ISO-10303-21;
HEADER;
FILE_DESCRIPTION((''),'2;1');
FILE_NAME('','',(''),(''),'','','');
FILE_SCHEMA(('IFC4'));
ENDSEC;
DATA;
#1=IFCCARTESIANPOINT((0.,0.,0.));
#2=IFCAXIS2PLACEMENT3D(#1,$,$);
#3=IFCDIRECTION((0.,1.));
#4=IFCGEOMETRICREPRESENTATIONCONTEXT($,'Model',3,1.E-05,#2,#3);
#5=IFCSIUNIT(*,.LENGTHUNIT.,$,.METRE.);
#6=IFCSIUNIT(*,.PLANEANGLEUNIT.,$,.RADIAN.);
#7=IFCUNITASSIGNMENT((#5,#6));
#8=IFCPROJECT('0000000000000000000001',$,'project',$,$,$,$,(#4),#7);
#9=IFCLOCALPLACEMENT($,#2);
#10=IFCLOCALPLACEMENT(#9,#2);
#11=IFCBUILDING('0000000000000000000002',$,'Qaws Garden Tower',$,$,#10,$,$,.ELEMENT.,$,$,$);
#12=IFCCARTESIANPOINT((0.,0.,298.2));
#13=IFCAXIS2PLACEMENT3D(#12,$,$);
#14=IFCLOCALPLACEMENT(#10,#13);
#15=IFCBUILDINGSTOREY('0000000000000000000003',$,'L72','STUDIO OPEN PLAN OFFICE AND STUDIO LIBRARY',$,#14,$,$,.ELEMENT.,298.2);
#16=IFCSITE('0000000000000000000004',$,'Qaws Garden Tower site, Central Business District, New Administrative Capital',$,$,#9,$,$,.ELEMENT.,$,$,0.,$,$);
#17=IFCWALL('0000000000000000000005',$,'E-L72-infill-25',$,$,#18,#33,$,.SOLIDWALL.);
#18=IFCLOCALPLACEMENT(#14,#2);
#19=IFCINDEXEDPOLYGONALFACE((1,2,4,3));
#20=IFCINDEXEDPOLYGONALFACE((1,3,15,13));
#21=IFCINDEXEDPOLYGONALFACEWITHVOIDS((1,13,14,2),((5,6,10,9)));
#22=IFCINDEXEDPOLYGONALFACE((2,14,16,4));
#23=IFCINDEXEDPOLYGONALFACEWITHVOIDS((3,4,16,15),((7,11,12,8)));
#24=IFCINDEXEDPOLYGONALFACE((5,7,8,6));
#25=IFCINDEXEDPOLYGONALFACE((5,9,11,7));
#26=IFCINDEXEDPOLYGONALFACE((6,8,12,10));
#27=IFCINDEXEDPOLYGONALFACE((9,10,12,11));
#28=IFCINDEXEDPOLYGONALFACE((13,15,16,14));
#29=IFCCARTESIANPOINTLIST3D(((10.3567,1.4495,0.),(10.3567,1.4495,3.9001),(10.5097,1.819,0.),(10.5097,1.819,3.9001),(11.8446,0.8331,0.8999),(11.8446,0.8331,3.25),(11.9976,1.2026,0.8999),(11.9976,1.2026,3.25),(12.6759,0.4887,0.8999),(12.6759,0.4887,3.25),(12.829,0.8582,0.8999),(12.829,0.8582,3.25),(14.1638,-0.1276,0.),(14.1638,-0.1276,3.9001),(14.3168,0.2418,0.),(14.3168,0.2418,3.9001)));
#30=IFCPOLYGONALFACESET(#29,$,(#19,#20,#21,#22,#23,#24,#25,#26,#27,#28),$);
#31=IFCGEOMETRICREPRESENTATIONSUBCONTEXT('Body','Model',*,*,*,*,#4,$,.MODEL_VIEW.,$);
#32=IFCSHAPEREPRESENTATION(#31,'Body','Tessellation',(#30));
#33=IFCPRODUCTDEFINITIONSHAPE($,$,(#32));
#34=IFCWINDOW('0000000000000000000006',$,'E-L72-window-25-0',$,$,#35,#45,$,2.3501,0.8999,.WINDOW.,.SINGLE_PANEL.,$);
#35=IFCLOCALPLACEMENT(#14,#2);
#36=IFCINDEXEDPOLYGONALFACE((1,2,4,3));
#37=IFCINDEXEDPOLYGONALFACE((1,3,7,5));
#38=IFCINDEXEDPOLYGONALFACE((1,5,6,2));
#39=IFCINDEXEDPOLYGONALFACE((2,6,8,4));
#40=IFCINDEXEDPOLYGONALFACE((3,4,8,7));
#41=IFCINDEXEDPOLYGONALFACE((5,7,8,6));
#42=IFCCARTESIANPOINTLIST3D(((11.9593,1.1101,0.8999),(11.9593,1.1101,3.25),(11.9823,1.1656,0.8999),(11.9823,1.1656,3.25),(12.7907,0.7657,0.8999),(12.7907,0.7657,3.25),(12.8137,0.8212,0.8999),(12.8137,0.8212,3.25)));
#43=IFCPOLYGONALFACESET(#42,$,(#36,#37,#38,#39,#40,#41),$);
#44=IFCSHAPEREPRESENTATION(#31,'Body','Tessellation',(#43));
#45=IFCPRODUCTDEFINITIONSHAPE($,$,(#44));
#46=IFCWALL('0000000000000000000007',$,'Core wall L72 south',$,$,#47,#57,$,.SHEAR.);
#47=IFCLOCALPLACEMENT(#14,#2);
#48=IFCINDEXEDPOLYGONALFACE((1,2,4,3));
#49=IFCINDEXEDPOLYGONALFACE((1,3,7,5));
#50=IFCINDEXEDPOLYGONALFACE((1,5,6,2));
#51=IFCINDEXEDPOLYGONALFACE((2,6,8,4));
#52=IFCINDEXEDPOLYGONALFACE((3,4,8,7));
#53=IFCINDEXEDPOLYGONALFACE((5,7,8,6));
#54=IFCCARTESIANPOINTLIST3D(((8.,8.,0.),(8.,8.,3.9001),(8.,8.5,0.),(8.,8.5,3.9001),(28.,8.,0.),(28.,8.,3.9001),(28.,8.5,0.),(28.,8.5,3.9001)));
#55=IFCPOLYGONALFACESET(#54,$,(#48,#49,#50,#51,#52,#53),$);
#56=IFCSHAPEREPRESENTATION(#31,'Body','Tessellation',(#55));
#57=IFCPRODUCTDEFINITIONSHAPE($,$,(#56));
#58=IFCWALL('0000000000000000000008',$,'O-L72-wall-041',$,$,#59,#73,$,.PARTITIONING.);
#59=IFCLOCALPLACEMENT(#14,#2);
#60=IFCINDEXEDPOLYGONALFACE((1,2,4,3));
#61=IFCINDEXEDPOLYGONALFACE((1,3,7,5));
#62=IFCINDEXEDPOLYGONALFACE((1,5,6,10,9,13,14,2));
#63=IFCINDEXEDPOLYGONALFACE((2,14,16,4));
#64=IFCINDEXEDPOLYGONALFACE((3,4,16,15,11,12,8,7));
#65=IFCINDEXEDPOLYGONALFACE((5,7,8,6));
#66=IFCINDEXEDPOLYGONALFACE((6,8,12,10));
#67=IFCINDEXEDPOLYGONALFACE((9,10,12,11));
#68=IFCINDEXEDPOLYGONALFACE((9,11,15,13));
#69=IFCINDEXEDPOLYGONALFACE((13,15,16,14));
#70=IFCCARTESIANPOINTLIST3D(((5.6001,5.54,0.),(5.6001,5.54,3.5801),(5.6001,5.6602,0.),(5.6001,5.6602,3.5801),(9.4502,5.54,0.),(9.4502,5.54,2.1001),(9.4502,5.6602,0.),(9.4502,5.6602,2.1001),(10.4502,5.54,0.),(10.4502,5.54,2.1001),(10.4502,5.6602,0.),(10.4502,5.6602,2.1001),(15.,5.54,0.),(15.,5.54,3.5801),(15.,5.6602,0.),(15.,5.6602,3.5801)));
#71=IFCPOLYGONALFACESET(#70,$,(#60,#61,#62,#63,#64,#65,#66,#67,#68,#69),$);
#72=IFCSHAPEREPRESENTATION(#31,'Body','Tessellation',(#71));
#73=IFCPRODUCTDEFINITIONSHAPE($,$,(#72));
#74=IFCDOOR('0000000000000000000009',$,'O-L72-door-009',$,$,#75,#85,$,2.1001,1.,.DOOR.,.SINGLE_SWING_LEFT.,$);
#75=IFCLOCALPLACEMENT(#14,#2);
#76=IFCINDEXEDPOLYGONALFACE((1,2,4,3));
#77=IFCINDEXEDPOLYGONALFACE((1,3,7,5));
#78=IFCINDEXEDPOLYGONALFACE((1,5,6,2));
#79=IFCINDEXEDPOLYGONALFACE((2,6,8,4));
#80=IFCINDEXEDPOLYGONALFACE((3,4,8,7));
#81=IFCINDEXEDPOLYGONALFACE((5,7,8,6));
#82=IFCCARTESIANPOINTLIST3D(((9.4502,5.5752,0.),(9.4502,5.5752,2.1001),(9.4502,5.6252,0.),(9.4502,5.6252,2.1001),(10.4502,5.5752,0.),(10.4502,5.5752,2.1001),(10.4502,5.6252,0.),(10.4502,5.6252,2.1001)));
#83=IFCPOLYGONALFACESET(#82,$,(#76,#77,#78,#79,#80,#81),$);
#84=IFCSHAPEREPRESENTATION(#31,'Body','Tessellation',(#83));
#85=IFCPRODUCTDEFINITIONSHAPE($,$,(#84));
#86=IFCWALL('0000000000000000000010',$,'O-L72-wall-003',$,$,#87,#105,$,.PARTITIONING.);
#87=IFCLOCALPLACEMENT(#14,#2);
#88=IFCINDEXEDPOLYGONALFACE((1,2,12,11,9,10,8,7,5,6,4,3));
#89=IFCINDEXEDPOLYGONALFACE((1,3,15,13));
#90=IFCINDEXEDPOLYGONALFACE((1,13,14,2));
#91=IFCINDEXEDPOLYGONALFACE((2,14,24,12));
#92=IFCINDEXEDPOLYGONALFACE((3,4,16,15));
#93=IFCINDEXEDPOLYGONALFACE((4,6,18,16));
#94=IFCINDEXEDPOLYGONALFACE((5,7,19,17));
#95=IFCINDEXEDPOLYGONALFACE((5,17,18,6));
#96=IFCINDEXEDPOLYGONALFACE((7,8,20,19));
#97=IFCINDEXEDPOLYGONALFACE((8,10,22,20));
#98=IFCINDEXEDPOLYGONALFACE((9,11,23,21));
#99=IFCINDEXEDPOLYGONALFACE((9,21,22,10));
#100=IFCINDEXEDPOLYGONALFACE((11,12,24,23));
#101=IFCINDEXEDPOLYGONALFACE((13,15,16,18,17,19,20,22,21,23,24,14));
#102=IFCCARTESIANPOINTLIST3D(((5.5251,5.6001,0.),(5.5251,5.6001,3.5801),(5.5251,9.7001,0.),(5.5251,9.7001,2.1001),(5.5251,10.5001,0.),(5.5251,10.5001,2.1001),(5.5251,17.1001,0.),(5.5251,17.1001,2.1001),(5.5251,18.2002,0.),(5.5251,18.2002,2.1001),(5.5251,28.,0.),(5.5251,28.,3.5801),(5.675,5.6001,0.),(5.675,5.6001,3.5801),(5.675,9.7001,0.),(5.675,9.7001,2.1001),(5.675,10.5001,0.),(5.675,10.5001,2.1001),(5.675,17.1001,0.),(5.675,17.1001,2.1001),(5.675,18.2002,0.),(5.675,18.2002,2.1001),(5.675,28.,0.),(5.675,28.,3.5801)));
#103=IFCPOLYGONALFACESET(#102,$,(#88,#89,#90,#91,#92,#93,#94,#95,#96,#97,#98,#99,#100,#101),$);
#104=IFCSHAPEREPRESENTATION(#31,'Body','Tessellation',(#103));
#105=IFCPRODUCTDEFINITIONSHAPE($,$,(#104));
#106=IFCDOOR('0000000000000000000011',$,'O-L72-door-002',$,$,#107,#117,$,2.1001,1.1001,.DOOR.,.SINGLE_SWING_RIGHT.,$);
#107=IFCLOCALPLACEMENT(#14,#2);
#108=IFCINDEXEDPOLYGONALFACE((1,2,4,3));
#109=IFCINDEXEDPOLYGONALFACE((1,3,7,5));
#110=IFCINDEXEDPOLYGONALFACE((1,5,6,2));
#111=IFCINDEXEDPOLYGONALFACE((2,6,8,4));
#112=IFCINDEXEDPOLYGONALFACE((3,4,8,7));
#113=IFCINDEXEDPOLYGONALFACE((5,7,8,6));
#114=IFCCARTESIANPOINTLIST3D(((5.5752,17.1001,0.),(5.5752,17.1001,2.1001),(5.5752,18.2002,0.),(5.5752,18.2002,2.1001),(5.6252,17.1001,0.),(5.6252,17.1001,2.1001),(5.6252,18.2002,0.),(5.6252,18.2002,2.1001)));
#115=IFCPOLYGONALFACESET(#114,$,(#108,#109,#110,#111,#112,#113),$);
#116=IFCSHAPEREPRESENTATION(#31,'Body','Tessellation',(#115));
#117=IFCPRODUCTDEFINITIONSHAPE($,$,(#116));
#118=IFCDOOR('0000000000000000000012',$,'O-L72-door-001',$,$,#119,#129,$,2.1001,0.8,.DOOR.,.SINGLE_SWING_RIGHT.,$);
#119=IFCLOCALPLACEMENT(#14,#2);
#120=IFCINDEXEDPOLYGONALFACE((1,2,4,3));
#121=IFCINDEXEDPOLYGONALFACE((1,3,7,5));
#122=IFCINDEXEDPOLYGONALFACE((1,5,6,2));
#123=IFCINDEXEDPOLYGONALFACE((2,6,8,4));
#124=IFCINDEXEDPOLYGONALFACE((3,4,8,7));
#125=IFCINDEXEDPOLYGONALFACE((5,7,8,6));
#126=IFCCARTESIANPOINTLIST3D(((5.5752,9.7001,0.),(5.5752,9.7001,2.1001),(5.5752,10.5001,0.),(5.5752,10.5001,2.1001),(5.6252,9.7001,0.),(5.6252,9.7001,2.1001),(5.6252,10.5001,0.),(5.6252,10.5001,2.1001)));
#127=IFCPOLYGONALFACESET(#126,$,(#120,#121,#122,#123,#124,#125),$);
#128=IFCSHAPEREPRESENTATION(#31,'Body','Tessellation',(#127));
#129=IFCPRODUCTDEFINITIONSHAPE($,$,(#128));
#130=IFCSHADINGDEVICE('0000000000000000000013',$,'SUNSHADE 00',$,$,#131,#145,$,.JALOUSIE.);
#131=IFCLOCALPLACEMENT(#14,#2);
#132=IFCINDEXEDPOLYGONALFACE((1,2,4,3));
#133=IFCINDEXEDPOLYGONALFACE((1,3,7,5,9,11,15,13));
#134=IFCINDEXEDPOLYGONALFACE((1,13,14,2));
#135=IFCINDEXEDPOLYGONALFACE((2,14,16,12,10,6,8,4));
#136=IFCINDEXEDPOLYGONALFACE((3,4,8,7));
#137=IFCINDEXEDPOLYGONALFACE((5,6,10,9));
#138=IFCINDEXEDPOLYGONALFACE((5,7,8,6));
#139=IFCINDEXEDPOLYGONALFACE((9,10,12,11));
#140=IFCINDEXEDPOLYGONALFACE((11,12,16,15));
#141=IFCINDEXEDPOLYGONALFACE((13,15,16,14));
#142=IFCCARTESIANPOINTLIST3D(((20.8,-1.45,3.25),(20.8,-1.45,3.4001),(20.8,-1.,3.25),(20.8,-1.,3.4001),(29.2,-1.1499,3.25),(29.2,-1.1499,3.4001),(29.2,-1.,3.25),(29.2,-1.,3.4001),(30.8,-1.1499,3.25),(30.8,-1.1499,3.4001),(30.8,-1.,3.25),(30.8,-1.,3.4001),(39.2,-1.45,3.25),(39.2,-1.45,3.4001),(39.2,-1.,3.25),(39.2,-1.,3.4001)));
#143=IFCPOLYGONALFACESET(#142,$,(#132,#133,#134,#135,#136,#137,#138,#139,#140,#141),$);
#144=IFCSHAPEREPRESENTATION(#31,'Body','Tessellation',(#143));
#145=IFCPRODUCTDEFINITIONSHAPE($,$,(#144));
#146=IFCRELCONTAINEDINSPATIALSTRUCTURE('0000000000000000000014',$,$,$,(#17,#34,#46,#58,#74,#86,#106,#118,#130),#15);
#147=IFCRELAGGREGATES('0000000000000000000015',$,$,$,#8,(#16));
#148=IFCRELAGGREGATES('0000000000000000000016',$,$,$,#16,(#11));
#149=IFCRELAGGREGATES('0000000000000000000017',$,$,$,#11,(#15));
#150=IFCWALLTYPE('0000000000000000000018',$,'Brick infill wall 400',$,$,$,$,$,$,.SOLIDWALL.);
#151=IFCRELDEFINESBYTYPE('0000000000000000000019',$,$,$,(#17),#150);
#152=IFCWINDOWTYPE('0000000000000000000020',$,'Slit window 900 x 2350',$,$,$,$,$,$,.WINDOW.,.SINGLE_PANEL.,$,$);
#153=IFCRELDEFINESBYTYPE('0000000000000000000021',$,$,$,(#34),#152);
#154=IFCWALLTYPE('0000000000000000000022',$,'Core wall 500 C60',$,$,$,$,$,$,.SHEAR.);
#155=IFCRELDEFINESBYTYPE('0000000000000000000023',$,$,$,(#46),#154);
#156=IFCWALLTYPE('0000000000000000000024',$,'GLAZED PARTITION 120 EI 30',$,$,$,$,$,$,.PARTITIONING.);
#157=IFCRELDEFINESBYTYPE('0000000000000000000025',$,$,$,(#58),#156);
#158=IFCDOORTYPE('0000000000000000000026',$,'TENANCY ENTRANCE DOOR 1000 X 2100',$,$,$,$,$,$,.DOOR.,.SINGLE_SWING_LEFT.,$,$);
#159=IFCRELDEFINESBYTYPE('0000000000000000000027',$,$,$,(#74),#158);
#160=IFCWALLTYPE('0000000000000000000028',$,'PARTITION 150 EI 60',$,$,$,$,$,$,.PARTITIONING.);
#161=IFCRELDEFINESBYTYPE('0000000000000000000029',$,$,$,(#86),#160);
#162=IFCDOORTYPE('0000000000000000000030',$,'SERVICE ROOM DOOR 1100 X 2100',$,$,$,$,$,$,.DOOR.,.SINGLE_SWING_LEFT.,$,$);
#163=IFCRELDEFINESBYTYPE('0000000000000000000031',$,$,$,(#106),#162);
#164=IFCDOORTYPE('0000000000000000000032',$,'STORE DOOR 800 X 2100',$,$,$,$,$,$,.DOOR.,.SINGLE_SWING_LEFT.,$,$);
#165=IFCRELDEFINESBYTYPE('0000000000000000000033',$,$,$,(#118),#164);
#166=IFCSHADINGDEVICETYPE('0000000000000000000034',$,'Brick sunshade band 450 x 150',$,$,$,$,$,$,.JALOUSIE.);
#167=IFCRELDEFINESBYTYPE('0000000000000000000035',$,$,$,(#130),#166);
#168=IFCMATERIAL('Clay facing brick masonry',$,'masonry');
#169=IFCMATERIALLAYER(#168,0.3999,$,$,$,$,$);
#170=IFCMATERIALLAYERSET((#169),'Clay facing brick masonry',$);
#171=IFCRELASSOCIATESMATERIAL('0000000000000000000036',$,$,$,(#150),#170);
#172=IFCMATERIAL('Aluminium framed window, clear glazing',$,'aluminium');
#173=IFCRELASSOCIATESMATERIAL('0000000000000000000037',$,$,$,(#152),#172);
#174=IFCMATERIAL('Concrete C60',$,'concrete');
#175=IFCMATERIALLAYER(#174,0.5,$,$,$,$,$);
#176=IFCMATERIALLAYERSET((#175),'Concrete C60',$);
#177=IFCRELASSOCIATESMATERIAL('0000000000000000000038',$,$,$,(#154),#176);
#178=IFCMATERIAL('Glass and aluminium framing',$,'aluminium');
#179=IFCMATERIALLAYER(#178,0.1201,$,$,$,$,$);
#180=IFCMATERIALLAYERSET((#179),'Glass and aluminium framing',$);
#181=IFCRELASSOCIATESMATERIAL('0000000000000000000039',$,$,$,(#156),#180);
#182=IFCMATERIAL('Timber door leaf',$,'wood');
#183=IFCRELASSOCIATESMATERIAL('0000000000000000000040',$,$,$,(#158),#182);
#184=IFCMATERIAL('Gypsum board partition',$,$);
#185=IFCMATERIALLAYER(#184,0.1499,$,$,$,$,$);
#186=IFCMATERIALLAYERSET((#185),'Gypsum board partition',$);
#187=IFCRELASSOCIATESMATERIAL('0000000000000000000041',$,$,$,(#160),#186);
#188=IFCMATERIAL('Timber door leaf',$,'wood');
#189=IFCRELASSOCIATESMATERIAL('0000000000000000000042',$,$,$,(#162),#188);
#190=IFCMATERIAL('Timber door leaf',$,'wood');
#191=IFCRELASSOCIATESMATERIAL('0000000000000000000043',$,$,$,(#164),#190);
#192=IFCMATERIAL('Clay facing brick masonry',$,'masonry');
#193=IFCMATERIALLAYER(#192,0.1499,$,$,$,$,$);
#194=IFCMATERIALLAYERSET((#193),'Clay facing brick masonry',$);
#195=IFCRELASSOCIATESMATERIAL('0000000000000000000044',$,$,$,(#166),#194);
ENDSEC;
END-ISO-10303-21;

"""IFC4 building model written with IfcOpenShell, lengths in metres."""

from ifc_helpers import new_model, si_unit, direction, frame, frame_2d, origin, place, context, subcontext, project, spatial, polyline, rectangle, outline, extrude, material, layer, layer_set, type_object, element, fill, save


model = new_model("IFC4")

# Units and contexts
model_context = context("Model", 3, precision=1e-05, world=origin(), true_north=direction((0.0, 1.0)))
body_context = subcontext(model_context, "Body", "Model", "MODEL_VIEW")
ifc_project = project(units=[si_unit("LENGTHUNIT", "METRE"), si_unit("PLANEANGLEUNIT", "RADIAN")], contexts=[model_context])

# Site, building, storey
site_placement = place(None, origin())
site = spatial("IfcSite", under=ifc_project, at=site_placement, Name="Qaws Garden Tower site, Central Business District, New Administrative Capital", CompositionType="ELEMENT", RefElevation=0.0)
building_placement = place(site_placement, origin())
building = spatial("IfcBuilding", under=site, at=building_placement, Name="Qaws Garden Tower", CompositionType="ELEMENT")
storey_placement = place(building_placement, frame((0.0, 0.0, 298.2)))
storey = spatial("IfcBuildingStorey", under=building, at=storey_placement, Name="L72", Description="STUDIO OPEN PLAN OFFICE AND STUDIO LIBRARY", CompositionType="ELEMENT", Elevation=298.2)

# Wall, opening, window
ifc_material_1 = material(Name="Clay facing brick masonry", Category="masonry")
ifc_layer_1 = layer(ifc_material_1, 0.3999)
ifc_layer_set_1 = layer_set([ifc_layer_1], Name="Clay facing brick masonry")
wall_type_1 = type_object("IfcWallType", Name="Brick infill wall 400", PredefinedType="SOLIDWALL", material=ifc_layer_set_1)
ifc_material_2 = material(Name="Aluminium framed window, clear glazing", Category="aluminium")
window_type = type_object("IfcWindowType", Name="Slit window 900 x 2350", PartitioningType="SINGLE_PANEL", PredefinedType="WINDOW", material=ifc_material_2)
wall_1_placement = place(storey_placement, frame((10.4331, 1.6343, 0.0), z_axis=(0.0, 0.0, 1.0), x_axis=(0.923864, -0.382722, 0.0)))
wall_1 = element("IfcWall", 1, at=wall_1_placement, inside=storey, type_object=wall_type_1, Name="E-L72-infill-25", PredefinedType="SOLIDWALL", context=body_context, shape_type="SweptSolid", body=[
    extrude(rectangle(XDim=4.1208, YDim=0.3999, at=frame_2d((2.0605, 0.0))), origin(), (0.0, 0.0, 1.0), 3.9001),
])
opening_1_placement = place(wall_1_placement, frame((1.6106, 0.0, 0.8999)))
opening_1 = element("IfcOpeningElement", 2, at=opening_1_placement, cuts=wall_1, PredefinedType="OPENING", context=body_context, shape_type="SweptSolid", body=[
    extrude(rectangle(XDim=0.8999, YDim=2.3501, at=frame_2d((0.45, 1.175))), frame((0.0, 0.21, 0.0), z_axis=(0.0, -1.0, 0.0), x_axis=(1.0, 0.0, 0.0)), (0.0, 0.0, 1.0), 0.4199),
])
window_1_placement = place(opening_1_placement, origin())
window_1 = element("IfcWindow", 3, at=window_1_placement, inside=storey, type_object=window_type, Name="E-L72-window-25-0", OverallHeight=2.3501, OverallWidth=0.8999, PartitioningType="SINGLE_PANEL", PredefinedType="WINDOW", context=body_context, shape_type="SweptSolid", body=[
    extrude(rectangle(XDim=0.8999, YDim=2.3501, at=frame_2d((0.45, 1.175))), frame((0.0, 0.1599, 0.0), z_axis=(0.0, -1.0, 0.0), x_axis=(1.0, 0.0, 0.0)), (0.0, 0.0, 1.0), 0.0601),
])
fill(opening_1, window_1)

# Wall
ifc_material_3 = material(Name="Concrete C60", Category="concrete")
ifc_layer_2 = layer(ifc_material_3, 0.5)
ifc_layer_set_2 = layer_set([ifc_layer_2], Name="Concrete C60")
wall_type_2 = type_object("IfcWallType", Name="Core wall 500 C60", PredefinedType="SHEAR", material=ifc_layer_set_2)
wall_2_placement = place(storey_placement, frame((8.0, 8.25, 0.0), z_axis=(0.0, 0.0, 1.0), x_axis=(1.0, 0.0, 0.0)))
element("IfcWall", 4, at=wall_2_placement, inside=storey, type_object=wall_type_2, Name="Core wall L72 south", PredefinedType="SHEAR", context=body_context, shape_type="SweptSolid", body=[
    extrude(rectangle(XDim=20.0, YDim=0.5, at=frame_2d((10.0, 0.0))), origin(), (0.0, 0.0, 1.0), 3.9001),
])

# Wall, opening, door
ifc_material_4 = material(Name="Glass and aluminium framing", Category="aluminium")
ifc_layer_3 = layer(ifc_material_4, 0.1201)
ifc_layer_set_3 = layer_set([ifc_layer_3], Name="Glass and aluminium framing")
wall_type_3 = type_object("IfcWallType", Name="GLAZED PARTITION 120 EI 30", PredefinedType="PARTITIONING", material=ifc_layer_set_3)
wall_3_placement = place(storey_placement, frame((5.6001, 5.6001, 0.0), z_axis=(0.0, 0.0, 1.0), x_axis=(1.0, 0.0, 0.0)))
wall_3 = element("IfcWall", 5, at=wall_3_placement, inside=storey, type_object=wall_type_3, Name="O-L72-wall-041", PredefinedType="PARTITIONING", context=body_context, shape_type="SweptSolid", body=[
    extrude(rectangle(XDim=9.3999, YDim=0.1201, at=frame_2d((4.7, 0.0))), origin(), (0.0, 0.0, 1.0), 3.5801),
])
opening_2_placement = place(wall_3_placement, frame((3.8501, 0.0, 0.0)))
opening_2 = element("IfcOpeningElement", 6, at=opening_2_placement, cuts=wall_3, PredefinedType="OPENING", context=body_context, shape_type="SweptSolid", body=[
    extrude(rectangle(XDim=1.0, YDim=2.1001, at=frame_2d((0.5, 1.05))), frame((0.0, 0.0701, 0.0), z_axis=(0.0, -1.0, 0.0), x_axis=(1.0, 0.0, 0.0)), (0.0, 0.0, 1.0), 0.1401),
])
ifc_material_5 = material(Name="Timber door leaf", Category="wood")
door_type_1 = type_object("IfcDoorType", Name="TENANCY ENTRANCE DOOR 1000 X 2100", OperationType="SINGLE_SWING_LEFT", PredefinedType="DOOR", material=ifc_material_5)
door_1_placement = place(opening_2_placement, frame((1.0, 0.0, 0.0), z_axis=(0.0, 0.0, 1.0), x_axis=(-1.0, 0.0, 0.0)))
door_1 = element("IfcDoor", 7, at=door_1_placement, inside=storey, type_object=door_type_1, Name="O-L72-door-009", OperationType="SINGLE_SWING_LEFT", OverallHeight=2.1001, OverallWidth=1.0, PredefinedType="DOOR", context=body_context, shape_type="SweptSolid", body=[
    extrude(rectangle(XDim=1.0, YDim=2.1001, at=frame_2d((0.5, 1.05))), frame((0.0, 0.0249, 0.0), z_axis=(0.0, -1.0, 0.0), x_axis=(1.0, 0.0, 0.0)), (0.0, 0.0, 1.0), 0.05),
])
fill(opening_2, door_1)

# Wall, openings, doors
ifc_material_6 = material(Name="Gypsum board partition")
ifc_layer_4 = layer(ifc_material_6, 0.1499)
ifc_layer_set_4 = layer_set([ifc_layer_4], Name="Gypsum board partition")
wall_type_4 = type_object("IfcWallType", Name="PARTITION 150 EI 60", PredefinedType="PARTITIONING", material=ifc_layer_set_4)
wall_4_placement = place(storey_placement, frame((5.6001, 5.6001, 0.0), z_axis=(0.0, 0.0, 1.0), x_axis=(0.0, 1.0, 0.0)))
wall_4 = element("IfcWall", 8, at=wall_4_placement, inside=storey, type_object=wall_type_4, Name="O-L72-wall-003", PredefinedType="PARTITIONING", context=body_context, shape_type="SweptSolid", body=[
    extrude(rectangle(XDim=22.3999, YDim=0.1499, at=frame_2d((11.2, 0.0))), origin(), (0.0, 0.0, 1.0), 3.5801),
])
opening_3_placement = place(wall_4_placement, frame((4.1001, 0.0, 0.0)))
opening_3 = element("IfcOpeningElement", 9, at=opening_3_placement, cuts=wall_4, PredefinedType="OPENING", context=body_context, shape_type="SweptSolid", body=[
    extrude(rectangle(XDim=0.8, YDim=2.1001, at=frame_2d((0.3999, 1.05))), frame((0.0, 0.085, 0.0), z_axis=(0.0, -1.0, 0.0), x_axis=(1.0, 0.0, 0.0)), (0.0, 0.0, 1.0), 0.1699),
])
opening_4_placement = place(wall_4_placement, frame((11.5, 0.0, 0.0)))
opening_4 = element("IfcOpeningElement", 10, at=opening_4_placement, cuts=wall_4, PredefinedType="OPENING", context=body_context, shape_type="SweptSolid", body=[
    extrude(rectangle(XDim=1.1001, YDim=2.1001, at=frame_2d((0.55, 1.05))), frame((0.0, 0.085, 0.0), z_axis=(0.0, -1.0, 0.0), x_axis=(1.0, 0.0, 0.0)), (0.0, 0.0, 1.0), 0.1699),
])
ifc_material_7 = material(Name="Timber door leaf", Category="wood")
door_type_2 = type_object("IfcDoorType", Name="SERVICE ROOM DOOR 1100 X 2100", OperationType="SINGLE_SWING_LEFT", PredefinedType="DOOR", material=ifc_material_7)
door_2_placement = place(opening_4_placement, origin())
door_2 = element("IfcDoor", 11, at=door_2_placement, inside=storey, type_object=door_type_2, Name="O-L72-door-002", OperationType="SINGLE_SWING_RIGHT", OverallHeight=2.1001, OverallWidth=1.1001, PredefinedType="DOOR", context=body_context, shape_type="SweptSolid", body=[
    extrude(rectangle(XDim=1.1001, YDim=2.1001, at=frame_2d((0.55, 1.05))), frame((0.0, 0.0249, 0.0), z_axis=(0.0, -1.0, 0.0), x_axis=(1.0, 0.0, 0.0)), (0.0, 0.0, 1.0), 0.05),
])
fill(opening_4, door_2)
ifc_material_8 = material(Name="Timber door leaf", Category="wood")
door_type_3 = type_object("IfcDoorType", Name="STORE DOOR 800 X 2100", OperationType="SINGLE_SWING_LEFT", PredefinedType="DOOR", material=ifc_material_8)
door_3_placement = place(opening_3_placement, origin())
door_3 = element("IfcDoor", 12, at=door_3_placement, inside=storey, type_object=door_type_3, Name="O-L72-door-001", OperationType="SINGLE_SWING_RIGHT", OverallHeight=2.1001, OverallWidth=0.8, PredefinedType="DOOR", context=body_context, shape_type="SweptSolid", body=[
    extrude(rectangle(XDim=0.8, YDim=2.1001, at=frame_2d((0.3999, 1.05))), frame((0.0, 0.0249, 0.0), z_axis=(0.0, -1.0, 0.0), x_axis=(1.0, 0.0, 0.0)), (0.0, 0.0, 1.0), 0.05),
])
fill(opening_3, door_3)

# Shading device
ifc_material_9 = material(Name="Clay facing brick masonry", Category="masonry")
ifc_layer_5 = layer(ifc_material_9, 0.1499)
ifc_layer_set_5 = layer_set([ifc_layer_5], Name="Clay facing brick masonry")
shading_device_type = type_object("IfcShadingDeviceType", Name="Brick sunshade band 450 x 150", PredefinedType="JALOUSIE", material=ifc_layer_set_5)
shading_device_placement = place(storey_placement, frame((0.0, 0.0, 3.25)))
element("IfcShadingDevice", 13, at=shading_device_placement, inside=storey, type_object=shading_device_type, Name="SUNSHADE 00", PredefinedType="JALOUSIE", context=body_context, shape_type="SweptSolid", body=[
    extrude(outline(polyline([(20.8, -1.0), (20.8, -1.45), (39.2, -1.45), (39.2, -1.0), (30.8, -1.0), (30.8, -1.1499), (29.2, -1.1499), (29.2, -1.0), (20.8, -1.0)])), origin(), (0.0, 0.0, 1.0), 0.1501),
])

save(model, "model.ifc")
